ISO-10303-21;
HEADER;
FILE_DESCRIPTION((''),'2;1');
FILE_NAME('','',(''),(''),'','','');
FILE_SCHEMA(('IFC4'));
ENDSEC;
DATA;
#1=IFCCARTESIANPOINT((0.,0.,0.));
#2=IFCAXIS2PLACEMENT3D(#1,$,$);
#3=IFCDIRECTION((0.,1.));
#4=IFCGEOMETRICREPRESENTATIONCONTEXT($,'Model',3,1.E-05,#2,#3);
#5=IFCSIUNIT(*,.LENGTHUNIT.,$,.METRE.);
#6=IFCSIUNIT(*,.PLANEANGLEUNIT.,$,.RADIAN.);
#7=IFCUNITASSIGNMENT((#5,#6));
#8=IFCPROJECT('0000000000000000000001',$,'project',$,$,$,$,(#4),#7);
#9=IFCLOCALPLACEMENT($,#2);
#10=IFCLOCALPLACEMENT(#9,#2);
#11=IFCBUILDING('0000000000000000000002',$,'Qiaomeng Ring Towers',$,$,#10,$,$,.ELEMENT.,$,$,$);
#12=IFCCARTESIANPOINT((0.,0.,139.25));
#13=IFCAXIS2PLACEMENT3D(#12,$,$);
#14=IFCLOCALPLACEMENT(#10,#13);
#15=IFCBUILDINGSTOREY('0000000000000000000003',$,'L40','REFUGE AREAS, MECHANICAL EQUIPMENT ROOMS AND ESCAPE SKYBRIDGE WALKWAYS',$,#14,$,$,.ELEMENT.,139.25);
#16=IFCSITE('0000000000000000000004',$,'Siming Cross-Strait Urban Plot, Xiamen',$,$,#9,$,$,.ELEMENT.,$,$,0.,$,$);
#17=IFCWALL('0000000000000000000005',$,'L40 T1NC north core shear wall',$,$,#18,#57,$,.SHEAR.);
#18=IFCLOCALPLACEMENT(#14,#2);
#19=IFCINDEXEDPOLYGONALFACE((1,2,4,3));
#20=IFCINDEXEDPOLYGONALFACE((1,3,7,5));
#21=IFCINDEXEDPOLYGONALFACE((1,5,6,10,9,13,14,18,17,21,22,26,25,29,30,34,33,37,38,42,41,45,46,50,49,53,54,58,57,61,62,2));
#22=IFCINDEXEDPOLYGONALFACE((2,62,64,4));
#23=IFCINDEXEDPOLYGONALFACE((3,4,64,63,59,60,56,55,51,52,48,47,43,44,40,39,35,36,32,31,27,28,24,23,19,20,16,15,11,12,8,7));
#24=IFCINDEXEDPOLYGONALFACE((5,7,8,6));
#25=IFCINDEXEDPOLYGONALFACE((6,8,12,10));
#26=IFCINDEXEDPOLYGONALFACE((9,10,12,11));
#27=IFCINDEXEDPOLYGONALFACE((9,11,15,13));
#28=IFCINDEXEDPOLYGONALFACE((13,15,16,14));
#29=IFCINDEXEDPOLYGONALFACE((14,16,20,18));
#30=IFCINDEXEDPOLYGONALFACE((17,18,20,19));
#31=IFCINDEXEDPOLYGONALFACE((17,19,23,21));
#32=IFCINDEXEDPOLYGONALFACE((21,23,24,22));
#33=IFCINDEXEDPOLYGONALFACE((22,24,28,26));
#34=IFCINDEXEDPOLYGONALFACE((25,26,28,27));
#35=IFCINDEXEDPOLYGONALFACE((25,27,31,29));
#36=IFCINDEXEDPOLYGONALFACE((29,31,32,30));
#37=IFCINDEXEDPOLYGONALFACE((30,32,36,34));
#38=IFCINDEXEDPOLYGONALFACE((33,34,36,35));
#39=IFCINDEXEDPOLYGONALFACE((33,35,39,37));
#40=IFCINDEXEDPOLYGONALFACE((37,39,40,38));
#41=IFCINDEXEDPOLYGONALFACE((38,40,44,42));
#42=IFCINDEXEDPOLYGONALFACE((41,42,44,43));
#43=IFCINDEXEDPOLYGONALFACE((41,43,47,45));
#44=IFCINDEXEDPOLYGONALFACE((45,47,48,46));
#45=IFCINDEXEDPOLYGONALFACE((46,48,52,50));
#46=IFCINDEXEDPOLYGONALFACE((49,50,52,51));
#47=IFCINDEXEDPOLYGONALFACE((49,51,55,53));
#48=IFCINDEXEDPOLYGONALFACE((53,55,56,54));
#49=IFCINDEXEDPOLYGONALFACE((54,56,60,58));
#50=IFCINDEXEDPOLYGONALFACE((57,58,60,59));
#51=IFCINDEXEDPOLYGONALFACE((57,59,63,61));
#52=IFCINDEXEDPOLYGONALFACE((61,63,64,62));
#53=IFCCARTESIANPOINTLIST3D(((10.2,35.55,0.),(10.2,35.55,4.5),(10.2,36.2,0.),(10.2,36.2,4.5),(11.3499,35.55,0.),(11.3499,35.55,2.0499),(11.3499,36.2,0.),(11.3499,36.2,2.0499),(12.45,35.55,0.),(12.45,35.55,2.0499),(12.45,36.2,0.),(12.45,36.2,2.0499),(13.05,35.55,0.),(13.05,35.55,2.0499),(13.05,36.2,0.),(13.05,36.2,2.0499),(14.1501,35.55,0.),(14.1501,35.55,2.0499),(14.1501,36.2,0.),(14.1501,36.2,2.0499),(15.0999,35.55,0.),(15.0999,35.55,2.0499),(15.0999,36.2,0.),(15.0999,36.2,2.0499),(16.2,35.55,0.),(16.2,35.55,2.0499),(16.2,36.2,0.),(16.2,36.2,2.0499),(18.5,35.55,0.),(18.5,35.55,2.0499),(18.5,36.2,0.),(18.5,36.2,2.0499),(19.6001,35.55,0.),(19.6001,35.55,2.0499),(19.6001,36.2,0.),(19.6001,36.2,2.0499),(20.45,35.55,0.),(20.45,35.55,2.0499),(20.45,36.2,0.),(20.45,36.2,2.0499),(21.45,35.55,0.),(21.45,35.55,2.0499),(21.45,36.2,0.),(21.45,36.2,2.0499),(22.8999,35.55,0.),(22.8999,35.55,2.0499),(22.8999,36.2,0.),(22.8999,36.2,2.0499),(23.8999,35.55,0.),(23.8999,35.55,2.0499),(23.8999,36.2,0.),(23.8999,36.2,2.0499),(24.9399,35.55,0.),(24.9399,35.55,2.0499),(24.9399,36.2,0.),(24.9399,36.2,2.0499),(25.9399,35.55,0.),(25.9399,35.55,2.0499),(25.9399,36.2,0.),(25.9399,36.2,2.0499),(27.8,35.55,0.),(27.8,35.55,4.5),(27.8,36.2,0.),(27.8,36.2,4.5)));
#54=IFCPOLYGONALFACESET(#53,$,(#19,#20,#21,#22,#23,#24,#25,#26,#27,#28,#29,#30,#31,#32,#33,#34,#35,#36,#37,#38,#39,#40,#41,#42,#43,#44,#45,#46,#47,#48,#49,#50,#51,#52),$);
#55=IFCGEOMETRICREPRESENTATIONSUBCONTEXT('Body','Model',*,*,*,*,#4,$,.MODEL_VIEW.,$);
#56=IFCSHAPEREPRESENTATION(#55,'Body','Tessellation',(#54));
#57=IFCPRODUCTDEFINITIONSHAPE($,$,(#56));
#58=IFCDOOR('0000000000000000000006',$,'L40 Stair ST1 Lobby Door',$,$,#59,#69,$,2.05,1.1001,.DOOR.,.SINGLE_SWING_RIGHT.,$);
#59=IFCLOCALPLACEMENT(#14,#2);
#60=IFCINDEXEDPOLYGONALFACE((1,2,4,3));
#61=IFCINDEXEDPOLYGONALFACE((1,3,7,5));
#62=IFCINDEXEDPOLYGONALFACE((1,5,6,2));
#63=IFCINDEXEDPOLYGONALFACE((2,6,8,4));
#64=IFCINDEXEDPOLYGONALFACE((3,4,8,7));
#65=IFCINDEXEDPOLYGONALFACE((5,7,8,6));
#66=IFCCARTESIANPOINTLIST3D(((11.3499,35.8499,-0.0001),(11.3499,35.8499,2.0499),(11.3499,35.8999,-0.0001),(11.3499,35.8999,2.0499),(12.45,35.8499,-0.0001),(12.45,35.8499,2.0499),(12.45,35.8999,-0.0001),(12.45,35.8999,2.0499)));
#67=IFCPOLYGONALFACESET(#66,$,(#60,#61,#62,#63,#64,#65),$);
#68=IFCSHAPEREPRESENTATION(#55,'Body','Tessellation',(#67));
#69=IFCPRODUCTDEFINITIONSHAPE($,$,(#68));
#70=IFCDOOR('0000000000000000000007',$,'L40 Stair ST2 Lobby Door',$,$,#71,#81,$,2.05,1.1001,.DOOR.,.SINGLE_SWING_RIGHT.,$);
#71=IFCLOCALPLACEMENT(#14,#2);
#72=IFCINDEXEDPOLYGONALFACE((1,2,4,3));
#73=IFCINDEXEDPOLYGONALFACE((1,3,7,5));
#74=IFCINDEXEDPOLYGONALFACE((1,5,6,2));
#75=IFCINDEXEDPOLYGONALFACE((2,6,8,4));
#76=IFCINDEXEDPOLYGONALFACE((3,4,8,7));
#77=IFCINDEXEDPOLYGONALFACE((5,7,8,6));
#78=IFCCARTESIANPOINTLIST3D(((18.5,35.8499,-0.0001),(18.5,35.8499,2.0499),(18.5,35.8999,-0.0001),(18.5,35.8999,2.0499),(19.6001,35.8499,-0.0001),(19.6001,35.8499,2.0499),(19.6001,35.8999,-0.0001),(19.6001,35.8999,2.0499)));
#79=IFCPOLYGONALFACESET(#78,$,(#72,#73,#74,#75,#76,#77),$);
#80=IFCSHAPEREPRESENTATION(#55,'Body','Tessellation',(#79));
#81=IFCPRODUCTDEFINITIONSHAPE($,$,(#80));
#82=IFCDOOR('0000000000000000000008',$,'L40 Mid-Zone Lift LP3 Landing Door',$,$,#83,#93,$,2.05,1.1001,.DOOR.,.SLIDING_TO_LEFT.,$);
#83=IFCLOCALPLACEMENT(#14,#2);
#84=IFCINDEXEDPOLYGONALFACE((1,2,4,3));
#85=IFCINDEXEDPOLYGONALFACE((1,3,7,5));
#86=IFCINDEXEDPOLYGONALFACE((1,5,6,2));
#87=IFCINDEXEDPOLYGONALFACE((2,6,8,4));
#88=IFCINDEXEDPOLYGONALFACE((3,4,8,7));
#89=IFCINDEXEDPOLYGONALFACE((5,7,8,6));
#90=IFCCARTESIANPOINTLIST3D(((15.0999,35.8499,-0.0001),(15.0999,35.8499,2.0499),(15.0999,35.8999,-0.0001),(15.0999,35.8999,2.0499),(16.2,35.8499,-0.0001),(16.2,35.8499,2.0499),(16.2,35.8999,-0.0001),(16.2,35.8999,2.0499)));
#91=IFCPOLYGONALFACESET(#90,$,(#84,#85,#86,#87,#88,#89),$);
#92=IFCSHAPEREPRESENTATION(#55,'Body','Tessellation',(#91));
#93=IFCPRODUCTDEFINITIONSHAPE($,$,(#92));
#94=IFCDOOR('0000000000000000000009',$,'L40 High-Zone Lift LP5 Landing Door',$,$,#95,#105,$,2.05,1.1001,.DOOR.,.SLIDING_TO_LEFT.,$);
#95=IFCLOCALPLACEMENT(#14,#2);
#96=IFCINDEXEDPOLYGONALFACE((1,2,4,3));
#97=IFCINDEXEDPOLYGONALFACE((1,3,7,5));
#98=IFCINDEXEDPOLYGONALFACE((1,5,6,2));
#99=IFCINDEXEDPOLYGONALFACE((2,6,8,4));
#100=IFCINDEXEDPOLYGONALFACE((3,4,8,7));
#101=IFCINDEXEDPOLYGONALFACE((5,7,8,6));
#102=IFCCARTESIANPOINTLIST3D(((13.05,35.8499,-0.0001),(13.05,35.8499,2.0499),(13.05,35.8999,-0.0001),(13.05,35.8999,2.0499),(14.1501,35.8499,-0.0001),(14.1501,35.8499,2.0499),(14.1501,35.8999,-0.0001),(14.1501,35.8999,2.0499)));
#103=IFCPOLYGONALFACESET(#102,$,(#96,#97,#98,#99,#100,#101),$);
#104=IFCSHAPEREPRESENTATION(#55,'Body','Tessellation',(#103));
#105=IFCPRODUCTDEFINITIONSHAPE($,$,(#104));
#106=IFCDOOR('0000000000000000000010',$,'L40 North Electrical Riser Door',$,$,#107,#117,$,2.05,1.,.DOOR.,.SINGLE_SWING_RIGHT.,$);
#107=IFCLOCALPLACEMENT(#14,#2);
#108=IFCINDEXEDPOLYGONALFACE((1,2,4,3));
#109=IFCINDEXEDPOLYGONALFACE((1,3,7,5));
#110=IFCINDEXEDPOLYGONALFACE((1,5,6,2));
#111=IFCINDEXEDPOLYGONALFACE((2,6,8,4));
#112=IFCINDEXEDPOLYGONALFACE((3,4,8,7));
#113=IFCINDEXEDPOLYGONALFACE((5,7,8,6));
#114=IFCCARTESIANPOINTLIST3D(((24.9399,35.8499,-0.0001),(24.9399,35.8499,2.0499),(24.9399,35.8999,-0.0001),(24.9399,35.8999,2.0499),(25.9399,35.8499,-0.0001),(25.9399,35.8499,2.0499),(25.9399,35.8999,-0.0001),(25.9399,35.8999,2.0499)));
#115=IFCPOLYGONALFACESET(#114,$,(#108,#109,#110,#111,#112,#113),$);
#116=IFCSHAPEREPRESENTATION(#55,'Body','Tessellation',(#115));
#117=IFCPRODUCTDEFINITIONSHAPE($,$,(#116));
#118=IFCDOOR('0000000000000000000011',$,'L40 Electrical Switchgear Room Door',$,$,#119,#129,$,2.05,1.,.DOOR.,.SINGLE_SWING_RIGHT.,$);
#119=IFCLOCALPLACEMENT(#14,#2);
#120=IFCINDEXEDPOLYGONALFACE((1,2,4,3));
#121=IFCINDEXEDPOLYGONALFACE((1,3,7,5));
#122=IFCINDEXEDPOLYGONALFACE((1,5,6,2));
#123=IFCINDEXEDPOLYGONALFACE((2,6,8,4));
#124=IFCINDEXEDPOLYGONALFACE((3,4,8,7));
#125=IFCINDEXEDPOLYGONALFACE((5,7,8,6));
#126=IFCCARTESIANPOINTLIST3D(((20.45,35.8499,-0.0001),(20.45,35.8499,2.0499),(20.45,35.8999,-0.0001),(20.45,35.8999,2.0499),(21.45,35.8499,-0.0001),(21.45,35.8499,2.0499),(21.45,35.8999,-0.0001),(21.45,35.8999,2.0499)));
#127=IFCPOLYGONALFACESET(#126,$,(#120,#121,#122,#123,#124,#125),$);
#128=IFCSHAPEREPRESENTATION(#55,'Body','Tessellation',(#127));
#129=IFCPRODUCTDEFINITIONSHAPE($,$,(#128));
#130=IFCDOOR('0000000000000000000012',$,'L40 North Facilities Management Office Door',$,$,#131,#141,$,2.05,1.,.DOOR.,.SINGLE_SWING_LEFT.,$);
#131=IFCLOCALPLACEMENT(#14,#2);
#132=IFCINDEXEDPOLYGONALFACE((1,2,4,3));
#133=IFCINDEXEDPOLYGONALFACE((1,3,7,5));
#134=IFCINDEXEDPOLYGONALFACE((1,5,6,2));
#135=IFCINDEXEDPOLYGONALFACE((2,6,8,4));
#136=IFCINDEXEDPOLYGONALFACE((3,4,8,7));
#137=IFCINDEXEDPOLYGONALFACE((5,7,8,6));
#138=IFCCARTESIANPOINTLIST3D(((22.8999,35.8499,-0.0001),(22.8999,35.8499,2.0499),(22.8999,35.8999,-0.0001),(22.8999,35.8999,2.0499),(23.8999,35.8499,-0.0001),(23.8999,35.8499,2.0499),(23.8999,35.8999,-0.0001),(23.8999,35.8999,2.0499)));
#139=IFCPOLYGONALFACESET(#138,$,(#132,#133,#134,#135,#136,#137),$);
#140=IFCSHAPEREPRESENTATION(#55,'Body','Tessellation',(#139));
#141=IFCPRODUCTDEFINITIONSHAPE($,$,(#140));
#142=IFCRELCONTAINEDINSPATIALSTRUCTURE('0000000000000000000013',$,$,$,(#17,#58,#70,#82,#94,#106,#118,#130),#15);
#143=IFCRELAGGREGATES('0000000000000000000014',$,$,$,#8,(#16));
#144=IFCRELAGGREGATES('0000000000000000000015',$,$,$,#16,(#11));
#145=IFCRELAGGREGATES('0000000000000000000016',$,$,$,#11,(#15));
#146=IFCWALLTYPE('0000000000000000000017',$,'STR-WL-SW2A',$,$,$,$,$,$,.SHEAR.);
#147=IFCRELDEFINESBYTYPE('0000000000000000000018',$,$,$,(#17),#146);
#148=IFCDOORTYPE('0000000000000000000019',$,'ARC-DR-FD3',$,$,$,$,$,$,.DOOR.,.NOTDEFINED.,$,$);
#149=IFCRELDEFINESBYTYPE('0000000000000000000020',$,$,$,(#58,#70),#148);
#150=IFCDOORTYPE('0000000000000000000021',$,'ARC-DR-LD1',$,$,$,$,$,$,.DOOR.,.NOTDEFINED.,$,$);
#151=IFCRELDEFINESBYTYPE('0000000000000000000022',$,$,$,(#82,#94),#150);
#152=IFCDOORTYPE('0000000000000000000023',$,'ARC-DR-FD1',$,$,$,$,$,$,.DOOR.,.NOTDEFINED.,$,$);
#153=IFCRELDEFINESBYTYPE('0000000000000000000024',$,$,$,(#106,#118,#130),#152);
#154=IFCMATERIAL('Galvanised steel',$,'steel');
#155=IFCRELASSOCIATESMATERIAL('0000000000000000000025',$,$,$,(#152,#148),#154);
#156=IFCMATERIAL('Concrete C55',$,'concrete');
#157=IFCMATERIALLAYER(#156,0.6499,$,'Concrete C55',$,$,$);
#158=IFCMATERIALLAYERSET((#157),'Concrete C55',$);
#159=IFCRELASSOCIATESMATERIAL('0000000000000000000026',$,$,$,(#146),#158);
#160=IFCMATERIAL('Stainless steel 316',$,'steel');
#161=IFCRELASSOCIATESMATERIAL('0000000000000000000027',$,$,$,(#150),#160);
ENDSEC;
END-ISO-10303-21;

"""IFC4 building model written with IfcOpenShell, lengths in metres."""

from ifc_helpers import new_model, si_unit, direction, frame, frame_2d, origin, place, context, subcontext, project, spatial, rectangle, extrude, source, transform, mapped, material, layer, layer_set, type_object, element, fill, save


model = new_model("IFC4")

# Units and contexts
model_context = context("Model", 3, precision=1e-05, world=origin(), true_north=direction((0.0, 1.0)))
body_context = subcontext(model_context, "Body", "Model", "MODEL_VIEW")
ifc_project = project(units=[si_unit("LENGTHUNIT", "METRE"), si_unit("PLANEANGLEUNIT", "RADIAN")], contexts=[model_context])

# Site, building, storey
site_placement = place(None, origin())
site = spatial("IfcSite", under=ifc_project, at=site_placement, Name="Siming Cross-Strait Urban Plot, Xiamen", CompositionType="ELEMENT", RefElevation=0.0)
building_placement = place(site_placement, origin())
building = spatial("IfcBuilding", under=site, at=building_placement, Name="Qiaomeng Ring Towers", CompositionType="ELEMENT")
storey_placement = place(building_placement, frame((0.0, 0.0, 139.25)))
storey = spatial("IfcBuildingStorey", under=building, at=storey_placement, Name="L40", Description="REFUGE AREAS, MECHANICAL EQUIPMENT ROOMS AND ESCAPE SKYBRIDGE WALKWAYS", CompositionType="ELEMENT", Elevation=139.25)

# Shared definitions
ifc_material_1 = material(Name="Galvanised steel", Category="steel")
door_type_1 = type_object("IfcDoorType", Name="ARC-DR-FD1", OperationType="NOTDEFINED", PredefinedType="DOOR", material=ifc_material_1)
shared_shape_1 = source(origin(), body_context, "Body", "SweptSolid", [
    extrude(rectangle(XDim=1.0, YDim=2.05, at=frame_2d((0.5, 1.0249))), frame((0.0, 0.0249, 0.0), z_axis=(0.0, -1.0, 0.0), x_axis=(1.0, 0.0, 0.0)), (0.0, 0.0, 1.0), 0.05),
])

# Shared definitions
door_type_2 = type_object("IfcDoorType", Name="ARC-DR-FD3", OperationType="NOTDEFINED", PredefinedType="DOOR", material=ifc_material_1)
shared_shape_2 = source(origin(), body_context, "Body", "SweptSolid", [
    extrude(rectangle(XDim=1.1001, YDim=2.05, at=frame_2d((0.55, 1.0249))), frame((0.0, 0.0249, 0.0), z_axis=(0.0, -1.0, 0.0), x_axis=(1.0, 0.0, 0.0)), (0.0, 0.0, 1.0), 0.05),
])

# Wall, openings, doors
ifc_material_2 = material(Name="Concrete C55", Category="concrete")
ifc_layer_1 = layer(ifc_material_2, 0.6499, Name="Concrete C55")
ifc_layer_set_1 = layer_set([ifc_layer_1], Name="Concrete C55")
wall_type_1 = type_object("IfcWallType", Name="STR-WL-SW2A", PredefinedType="SHEAR", material=ifc_layer_set_1)
wall_1_placement = place(storey_placement, frame((10.2, 35.875, 0.0), z_axis=(0.0, 0.0, 1.0), x_axis=(1.0, 0.0, 0.0)))
wall_1 = element("IfcWall", 1, at=wall_1_placement, inside=storey, type_object=wall_type_1, Name="L40 T1NC north core shear wall", PredefinedType="SHEAR", context=body_context, shape_type="SweptSolid", body=[
    extrude(rectangle(XDim=17.6001, YDim=0.6499, at=frame_2d((8.8, 0.0))), origin(), (0.0, 0.0, 1.0), 4.5),
])
opening_1_placement = place(wall_1_placement, frame((1.1499, 0.0, 0.0)))
opening_1 = element("IfcOpeningElement", 2, at=opening_1_placement, cuts=wall_1, PredefinedType="OPENING", context=body_context, shape_type="SweptSolid", body=[
    extrude(rectangle(XDim=1.1001, YDim=2.05, at=frame_2d((0.55, 1.0249))), frame((0.0, 0.335, 0.0), z_axis=(0.0, -1.0, 0.0), x_axis=(1.0, 0.0, 0.0)), (0.0, 0.0, 1.0), 0.6699),
])
opening_2_placement = place(wall_1_placement, frame((8.3, 0.0, 0.0)))
opening_2 = element("IfcOpeningElement", 3, at=opening_2_placement, cuts=wall_1, PredefinedType="OPENING", context=body_context, shape_type="SweptSolid", body=[
    extrude(rectangle(XDim=1.1001, YDim=2.05, at=frame_2d((0.55, 1.0249))), frame((0.0, 0.335, 0.0), z_axis=(0.0, -1.0, 0.0), x_axis=(1.0, 0.0, 0.0)), (0.0, 0.0, 1.0), 0.6699),
])
opening_3_placement = place(wall_1_placement, frame((4.8999, 0.0, 0.0)))
opening_3 = element("IfcOpeningElement", 4, at=opening_3_placement, cuts=wall_1, PredefinedType="OPENING", context=body_context, shape_type="SweptSolid", body=[
    extrude(rectangle(XDim=1.1001, YDim=2.05, at=frame_2d((0.55, 1.0249))), frame((0.0, 0.335, 0.0), z_axis=(0.0, -1.0, 0.0), x_axis=(1.0, 0.0, 0.0)), (0.0, 0.0, 1.0), 0.6699),
])
opening_4_placement = place(wall_1_placement, frame((2.8501, 0.0, 0.0)))
opening_4 = element("IfcOpeningElement", 5, at=opening_4_placement, cuts=wall_1, PredefinedType="OPENING", context=body_context, shape_type="SweptSolid", body=[
    extrude(rectangle(XDim=1.1001, YDim=2.05, at=frame_2d((0.55, 1.0249))), frame((0.0, 0.335, 0.0), z_axis=(0.0, -1.0, 0.0), x_axis=(1.0, 0.0, 0.0)), (0.0, 0.0, 1.0), 0.6699),
])
opening_5_placement = place(wall_1_placement, frame((14.74, 0.0, 0.0)))
opening_5 = element("IfcOpeningElement", 6, at=opening_5_placement, cuts=wall_1, PredefinedType="OPENING", context=body_context, shape_type="SweptSolid", body=[
    extrude(rectangle(XDim=1.0, YDim=2.05, at=frame_2d((0.5, 1.0249))), frame((0.0, 0.335, 0.0), z_axis=(0.0, -1.0, 0.0), x_axis=(1.0, 0.0, 0.0)), (0.0, 0.0, 1.0), 0.6699),
])
opening_6_placement = place(wall_1_placement, frame((10.25, 0.0, 0.0)))
opening_6 = element("IfcOpeningElement", 7, at=opening_6_placement, cuts=wall_1, PredefinedType="OPENING", context=body_context, shape_type="SweptSolid", body=[
    extrude(rectangle(XDim=1.0, YDim=2.05, at=frame_2d((0.5, 1.0249))), frame((0.0, 0.335, 0.0), z_axis=(0.0, -1.0, 0.0), x_axis=(1.0, 0.0, 0.0)), (0.0, 0.0, 1.0), 0.6699),
])
opening_7_placement = place(wall_1_placement, frame((12.7, 0.0, 0.0)))
opening_7 = element("IfcOpeningElement", 8, at=opening_7_placement, cuts=wall_1, PredefinedType="OPENING", context=body_context, shape_type="SweptSolid", body=[
    extrude(rectangle(XDim=1.0, YDim=2.05, at=frame_2d((0.5, 1.0249))), frame((0.0, 0.335, 0.0), z_axis=(0.0, -1.0, 0.0), x_axis=(1.0, 0.0, 0.0)), (0.0, 0.0, 1.0), 0.6699),
])
door_1_placement = place(opening_1_placement, origin())
door_1 = element("IfcDoor", 9, at=door_1_placement, inside=storey, type_object=door_type_2, Name="L40 Stair ST1 Lobby Door", OperationType="SINGLE_SWING_RIGHT", OverallHeight=2.05, OverallWidth=1.1001, PredefinedType="DOOR", context=body_context, shape_type="MappedRepresentation", body=[
    mapped(shared_shape_2, transform((0.0, 0.0, 0.0), x_axis=(1.0, 0.0, 0.0), y_axis=(0.0, 1.0, 0.0), z_axis=(0.0, 0.0, 1.0), scale=1.0)),
])
fill(opening_1, door_1)
door_2_placement = place(opening_2_placement, origin())
door_2 = element("IfcDoor", 10, at=door_2_placement, inside=storey, type_object=door_type_2, Name="L40 Stair ST2 Lobby Door", OperationType="SINGLE_SWING_RIGHT", OverallHeight=2.05, OverallWidth=1.1001, PredefinedType="DOOR", context=body_context, shape_type="MappedRepresentation", body=[
    mapped(shared_shape_2, transform((0.0, 0.0, 0.0), x_axis=(1.0, 0.0, 0.0), y_axis=(0.0, 1.0, 0.0), z_axis=(0.0, 0.0, 1.0), scale=1.0)),
])
fill(opening_2, door_2)
ifc_material_3 = material(Name="Stainless steel 316", Category="steel")
door_type_3 = type_object("IfcDoorType", Name="ARC-DR-LD1", OperationType="NOTDEFINED", PredefinedType="DOOR", material=ifc_material_3)
door_3_placement = place(opening_3_placement, origin())
door_3 = element("IfcDoor", 11, at=door_3_placement, inside=storey, type_object=door_type_3, Name="L40 Mid-Zone Lift LP3 Landing Door", OperationType="SLIDING_TO_LEFT", OverallHeight=2.05, OverallWidth=1.1001, PredefinedType="DOOR", context=body_context, shape_type="MappedRepresentation", body=[
    mapped(shared_shape_2, transform((0.0, 0.0, 0.0), x_axis=(1.0, 0.0, 0.0), y_axis=(0.0, 1.0, 0.0), z_axis=(0.0, 0.0, 1.0), scale=1.0)),
])
fill(opening_3, door_3)
door_4_placement = place(opening_4_placement, origin())
door_4 = element("IfcDoor", 12, at=door_4_placement, inside=storey, type_object=door_type_3, Name="L40 High-Zone Lift LP5 Landing Door", OperationType="SLIDING_TO_LEFT", OverallHeight=2.05, OverallWidth=1.1001, PredefinedType="DOOR", context=body_context, shape_type="MappedRepresentation", body=[
    mapped(shared_shape_2, transform((0.0, 0.0, 0.0), x_axis=(1.0, 0.0, 0.0), y_axis=(0.0, 1.0, 0.0), z_axis=(0.0, 0.0, 1.0), scale=1.0)),
])
fill(opening_4, door_4)
door_5_placement = place(opening_5_placement, origin())
door_5 = element("IfcDoor", 13, at=door_5_placement, inside=storey, type_object=door_type_1, Name="L40 North Electrical Riser Door", OperationType="SINGLE_SWING_RIGHT", OverallHeight=2.05, OverallWidth=1.0, PredefinedType="DOOR", context=body_context, shape_type="MappedRepresentation", body=[
    mapped(shared_shape_1, transform((0.0, 0.0, 0.0), x_axis=(1.0, 0.0, 0.0), y_axis=(0.0, 1.0, 0.0), z_axis=(0.0, 0.0, 1.0), scale=1.0)),
])
fill(opening_5, door_5)
door_6_placement = place(opening_6_placement, origin())
door_6 = element("IfcDoor", 14, at=door_6_placement, inside=storey, type_object=door_type_1, Name="L40 Electrical Switchgear Room Door", OperationType="SINGLE_SWING_RIGHT", OverallHeight=2.05, OverallWidth=1.0, PredefinedType="DOOR", context=body_context, shape_type="MappedRepresentation", body=[
    mapped(shared_shape_1, transform((0.0, 0.0, 0.0), x_axis=(1.0, 0.0, 0.0), y_axis=(0.0, 1.0, 0.0), z_axis=(0.0, 0.0, 1.0), scale=1.0)),
])
fill(opening_6, door_6)
door_7_placement = place(opening_7_placement, origin())
door_7 = element("IfcDoor", 15, at=door_7_placement, inside=storey, type_object=door_type_1, Name="L40 North Facilities Management Office Door", OperationType="SINGLE_SWING_LEFT", OverallHeight=2.05, OverallWidth=1.0, PredefinedType="DOOR", context=body_context, shape_type="MappedRepresentation", body=[
    mapped(shared_shape_1, transform((0.0, 0.0, 0.0), x_axis=(1.0, 0.0, 0.0), y_axis=(0.0, 1.0, 0.0), z_axis=(0.0, 0.0, 1.0), scale=1.0)),
])
fill(opening_7, door_7)

save(model, "model.ifc")
